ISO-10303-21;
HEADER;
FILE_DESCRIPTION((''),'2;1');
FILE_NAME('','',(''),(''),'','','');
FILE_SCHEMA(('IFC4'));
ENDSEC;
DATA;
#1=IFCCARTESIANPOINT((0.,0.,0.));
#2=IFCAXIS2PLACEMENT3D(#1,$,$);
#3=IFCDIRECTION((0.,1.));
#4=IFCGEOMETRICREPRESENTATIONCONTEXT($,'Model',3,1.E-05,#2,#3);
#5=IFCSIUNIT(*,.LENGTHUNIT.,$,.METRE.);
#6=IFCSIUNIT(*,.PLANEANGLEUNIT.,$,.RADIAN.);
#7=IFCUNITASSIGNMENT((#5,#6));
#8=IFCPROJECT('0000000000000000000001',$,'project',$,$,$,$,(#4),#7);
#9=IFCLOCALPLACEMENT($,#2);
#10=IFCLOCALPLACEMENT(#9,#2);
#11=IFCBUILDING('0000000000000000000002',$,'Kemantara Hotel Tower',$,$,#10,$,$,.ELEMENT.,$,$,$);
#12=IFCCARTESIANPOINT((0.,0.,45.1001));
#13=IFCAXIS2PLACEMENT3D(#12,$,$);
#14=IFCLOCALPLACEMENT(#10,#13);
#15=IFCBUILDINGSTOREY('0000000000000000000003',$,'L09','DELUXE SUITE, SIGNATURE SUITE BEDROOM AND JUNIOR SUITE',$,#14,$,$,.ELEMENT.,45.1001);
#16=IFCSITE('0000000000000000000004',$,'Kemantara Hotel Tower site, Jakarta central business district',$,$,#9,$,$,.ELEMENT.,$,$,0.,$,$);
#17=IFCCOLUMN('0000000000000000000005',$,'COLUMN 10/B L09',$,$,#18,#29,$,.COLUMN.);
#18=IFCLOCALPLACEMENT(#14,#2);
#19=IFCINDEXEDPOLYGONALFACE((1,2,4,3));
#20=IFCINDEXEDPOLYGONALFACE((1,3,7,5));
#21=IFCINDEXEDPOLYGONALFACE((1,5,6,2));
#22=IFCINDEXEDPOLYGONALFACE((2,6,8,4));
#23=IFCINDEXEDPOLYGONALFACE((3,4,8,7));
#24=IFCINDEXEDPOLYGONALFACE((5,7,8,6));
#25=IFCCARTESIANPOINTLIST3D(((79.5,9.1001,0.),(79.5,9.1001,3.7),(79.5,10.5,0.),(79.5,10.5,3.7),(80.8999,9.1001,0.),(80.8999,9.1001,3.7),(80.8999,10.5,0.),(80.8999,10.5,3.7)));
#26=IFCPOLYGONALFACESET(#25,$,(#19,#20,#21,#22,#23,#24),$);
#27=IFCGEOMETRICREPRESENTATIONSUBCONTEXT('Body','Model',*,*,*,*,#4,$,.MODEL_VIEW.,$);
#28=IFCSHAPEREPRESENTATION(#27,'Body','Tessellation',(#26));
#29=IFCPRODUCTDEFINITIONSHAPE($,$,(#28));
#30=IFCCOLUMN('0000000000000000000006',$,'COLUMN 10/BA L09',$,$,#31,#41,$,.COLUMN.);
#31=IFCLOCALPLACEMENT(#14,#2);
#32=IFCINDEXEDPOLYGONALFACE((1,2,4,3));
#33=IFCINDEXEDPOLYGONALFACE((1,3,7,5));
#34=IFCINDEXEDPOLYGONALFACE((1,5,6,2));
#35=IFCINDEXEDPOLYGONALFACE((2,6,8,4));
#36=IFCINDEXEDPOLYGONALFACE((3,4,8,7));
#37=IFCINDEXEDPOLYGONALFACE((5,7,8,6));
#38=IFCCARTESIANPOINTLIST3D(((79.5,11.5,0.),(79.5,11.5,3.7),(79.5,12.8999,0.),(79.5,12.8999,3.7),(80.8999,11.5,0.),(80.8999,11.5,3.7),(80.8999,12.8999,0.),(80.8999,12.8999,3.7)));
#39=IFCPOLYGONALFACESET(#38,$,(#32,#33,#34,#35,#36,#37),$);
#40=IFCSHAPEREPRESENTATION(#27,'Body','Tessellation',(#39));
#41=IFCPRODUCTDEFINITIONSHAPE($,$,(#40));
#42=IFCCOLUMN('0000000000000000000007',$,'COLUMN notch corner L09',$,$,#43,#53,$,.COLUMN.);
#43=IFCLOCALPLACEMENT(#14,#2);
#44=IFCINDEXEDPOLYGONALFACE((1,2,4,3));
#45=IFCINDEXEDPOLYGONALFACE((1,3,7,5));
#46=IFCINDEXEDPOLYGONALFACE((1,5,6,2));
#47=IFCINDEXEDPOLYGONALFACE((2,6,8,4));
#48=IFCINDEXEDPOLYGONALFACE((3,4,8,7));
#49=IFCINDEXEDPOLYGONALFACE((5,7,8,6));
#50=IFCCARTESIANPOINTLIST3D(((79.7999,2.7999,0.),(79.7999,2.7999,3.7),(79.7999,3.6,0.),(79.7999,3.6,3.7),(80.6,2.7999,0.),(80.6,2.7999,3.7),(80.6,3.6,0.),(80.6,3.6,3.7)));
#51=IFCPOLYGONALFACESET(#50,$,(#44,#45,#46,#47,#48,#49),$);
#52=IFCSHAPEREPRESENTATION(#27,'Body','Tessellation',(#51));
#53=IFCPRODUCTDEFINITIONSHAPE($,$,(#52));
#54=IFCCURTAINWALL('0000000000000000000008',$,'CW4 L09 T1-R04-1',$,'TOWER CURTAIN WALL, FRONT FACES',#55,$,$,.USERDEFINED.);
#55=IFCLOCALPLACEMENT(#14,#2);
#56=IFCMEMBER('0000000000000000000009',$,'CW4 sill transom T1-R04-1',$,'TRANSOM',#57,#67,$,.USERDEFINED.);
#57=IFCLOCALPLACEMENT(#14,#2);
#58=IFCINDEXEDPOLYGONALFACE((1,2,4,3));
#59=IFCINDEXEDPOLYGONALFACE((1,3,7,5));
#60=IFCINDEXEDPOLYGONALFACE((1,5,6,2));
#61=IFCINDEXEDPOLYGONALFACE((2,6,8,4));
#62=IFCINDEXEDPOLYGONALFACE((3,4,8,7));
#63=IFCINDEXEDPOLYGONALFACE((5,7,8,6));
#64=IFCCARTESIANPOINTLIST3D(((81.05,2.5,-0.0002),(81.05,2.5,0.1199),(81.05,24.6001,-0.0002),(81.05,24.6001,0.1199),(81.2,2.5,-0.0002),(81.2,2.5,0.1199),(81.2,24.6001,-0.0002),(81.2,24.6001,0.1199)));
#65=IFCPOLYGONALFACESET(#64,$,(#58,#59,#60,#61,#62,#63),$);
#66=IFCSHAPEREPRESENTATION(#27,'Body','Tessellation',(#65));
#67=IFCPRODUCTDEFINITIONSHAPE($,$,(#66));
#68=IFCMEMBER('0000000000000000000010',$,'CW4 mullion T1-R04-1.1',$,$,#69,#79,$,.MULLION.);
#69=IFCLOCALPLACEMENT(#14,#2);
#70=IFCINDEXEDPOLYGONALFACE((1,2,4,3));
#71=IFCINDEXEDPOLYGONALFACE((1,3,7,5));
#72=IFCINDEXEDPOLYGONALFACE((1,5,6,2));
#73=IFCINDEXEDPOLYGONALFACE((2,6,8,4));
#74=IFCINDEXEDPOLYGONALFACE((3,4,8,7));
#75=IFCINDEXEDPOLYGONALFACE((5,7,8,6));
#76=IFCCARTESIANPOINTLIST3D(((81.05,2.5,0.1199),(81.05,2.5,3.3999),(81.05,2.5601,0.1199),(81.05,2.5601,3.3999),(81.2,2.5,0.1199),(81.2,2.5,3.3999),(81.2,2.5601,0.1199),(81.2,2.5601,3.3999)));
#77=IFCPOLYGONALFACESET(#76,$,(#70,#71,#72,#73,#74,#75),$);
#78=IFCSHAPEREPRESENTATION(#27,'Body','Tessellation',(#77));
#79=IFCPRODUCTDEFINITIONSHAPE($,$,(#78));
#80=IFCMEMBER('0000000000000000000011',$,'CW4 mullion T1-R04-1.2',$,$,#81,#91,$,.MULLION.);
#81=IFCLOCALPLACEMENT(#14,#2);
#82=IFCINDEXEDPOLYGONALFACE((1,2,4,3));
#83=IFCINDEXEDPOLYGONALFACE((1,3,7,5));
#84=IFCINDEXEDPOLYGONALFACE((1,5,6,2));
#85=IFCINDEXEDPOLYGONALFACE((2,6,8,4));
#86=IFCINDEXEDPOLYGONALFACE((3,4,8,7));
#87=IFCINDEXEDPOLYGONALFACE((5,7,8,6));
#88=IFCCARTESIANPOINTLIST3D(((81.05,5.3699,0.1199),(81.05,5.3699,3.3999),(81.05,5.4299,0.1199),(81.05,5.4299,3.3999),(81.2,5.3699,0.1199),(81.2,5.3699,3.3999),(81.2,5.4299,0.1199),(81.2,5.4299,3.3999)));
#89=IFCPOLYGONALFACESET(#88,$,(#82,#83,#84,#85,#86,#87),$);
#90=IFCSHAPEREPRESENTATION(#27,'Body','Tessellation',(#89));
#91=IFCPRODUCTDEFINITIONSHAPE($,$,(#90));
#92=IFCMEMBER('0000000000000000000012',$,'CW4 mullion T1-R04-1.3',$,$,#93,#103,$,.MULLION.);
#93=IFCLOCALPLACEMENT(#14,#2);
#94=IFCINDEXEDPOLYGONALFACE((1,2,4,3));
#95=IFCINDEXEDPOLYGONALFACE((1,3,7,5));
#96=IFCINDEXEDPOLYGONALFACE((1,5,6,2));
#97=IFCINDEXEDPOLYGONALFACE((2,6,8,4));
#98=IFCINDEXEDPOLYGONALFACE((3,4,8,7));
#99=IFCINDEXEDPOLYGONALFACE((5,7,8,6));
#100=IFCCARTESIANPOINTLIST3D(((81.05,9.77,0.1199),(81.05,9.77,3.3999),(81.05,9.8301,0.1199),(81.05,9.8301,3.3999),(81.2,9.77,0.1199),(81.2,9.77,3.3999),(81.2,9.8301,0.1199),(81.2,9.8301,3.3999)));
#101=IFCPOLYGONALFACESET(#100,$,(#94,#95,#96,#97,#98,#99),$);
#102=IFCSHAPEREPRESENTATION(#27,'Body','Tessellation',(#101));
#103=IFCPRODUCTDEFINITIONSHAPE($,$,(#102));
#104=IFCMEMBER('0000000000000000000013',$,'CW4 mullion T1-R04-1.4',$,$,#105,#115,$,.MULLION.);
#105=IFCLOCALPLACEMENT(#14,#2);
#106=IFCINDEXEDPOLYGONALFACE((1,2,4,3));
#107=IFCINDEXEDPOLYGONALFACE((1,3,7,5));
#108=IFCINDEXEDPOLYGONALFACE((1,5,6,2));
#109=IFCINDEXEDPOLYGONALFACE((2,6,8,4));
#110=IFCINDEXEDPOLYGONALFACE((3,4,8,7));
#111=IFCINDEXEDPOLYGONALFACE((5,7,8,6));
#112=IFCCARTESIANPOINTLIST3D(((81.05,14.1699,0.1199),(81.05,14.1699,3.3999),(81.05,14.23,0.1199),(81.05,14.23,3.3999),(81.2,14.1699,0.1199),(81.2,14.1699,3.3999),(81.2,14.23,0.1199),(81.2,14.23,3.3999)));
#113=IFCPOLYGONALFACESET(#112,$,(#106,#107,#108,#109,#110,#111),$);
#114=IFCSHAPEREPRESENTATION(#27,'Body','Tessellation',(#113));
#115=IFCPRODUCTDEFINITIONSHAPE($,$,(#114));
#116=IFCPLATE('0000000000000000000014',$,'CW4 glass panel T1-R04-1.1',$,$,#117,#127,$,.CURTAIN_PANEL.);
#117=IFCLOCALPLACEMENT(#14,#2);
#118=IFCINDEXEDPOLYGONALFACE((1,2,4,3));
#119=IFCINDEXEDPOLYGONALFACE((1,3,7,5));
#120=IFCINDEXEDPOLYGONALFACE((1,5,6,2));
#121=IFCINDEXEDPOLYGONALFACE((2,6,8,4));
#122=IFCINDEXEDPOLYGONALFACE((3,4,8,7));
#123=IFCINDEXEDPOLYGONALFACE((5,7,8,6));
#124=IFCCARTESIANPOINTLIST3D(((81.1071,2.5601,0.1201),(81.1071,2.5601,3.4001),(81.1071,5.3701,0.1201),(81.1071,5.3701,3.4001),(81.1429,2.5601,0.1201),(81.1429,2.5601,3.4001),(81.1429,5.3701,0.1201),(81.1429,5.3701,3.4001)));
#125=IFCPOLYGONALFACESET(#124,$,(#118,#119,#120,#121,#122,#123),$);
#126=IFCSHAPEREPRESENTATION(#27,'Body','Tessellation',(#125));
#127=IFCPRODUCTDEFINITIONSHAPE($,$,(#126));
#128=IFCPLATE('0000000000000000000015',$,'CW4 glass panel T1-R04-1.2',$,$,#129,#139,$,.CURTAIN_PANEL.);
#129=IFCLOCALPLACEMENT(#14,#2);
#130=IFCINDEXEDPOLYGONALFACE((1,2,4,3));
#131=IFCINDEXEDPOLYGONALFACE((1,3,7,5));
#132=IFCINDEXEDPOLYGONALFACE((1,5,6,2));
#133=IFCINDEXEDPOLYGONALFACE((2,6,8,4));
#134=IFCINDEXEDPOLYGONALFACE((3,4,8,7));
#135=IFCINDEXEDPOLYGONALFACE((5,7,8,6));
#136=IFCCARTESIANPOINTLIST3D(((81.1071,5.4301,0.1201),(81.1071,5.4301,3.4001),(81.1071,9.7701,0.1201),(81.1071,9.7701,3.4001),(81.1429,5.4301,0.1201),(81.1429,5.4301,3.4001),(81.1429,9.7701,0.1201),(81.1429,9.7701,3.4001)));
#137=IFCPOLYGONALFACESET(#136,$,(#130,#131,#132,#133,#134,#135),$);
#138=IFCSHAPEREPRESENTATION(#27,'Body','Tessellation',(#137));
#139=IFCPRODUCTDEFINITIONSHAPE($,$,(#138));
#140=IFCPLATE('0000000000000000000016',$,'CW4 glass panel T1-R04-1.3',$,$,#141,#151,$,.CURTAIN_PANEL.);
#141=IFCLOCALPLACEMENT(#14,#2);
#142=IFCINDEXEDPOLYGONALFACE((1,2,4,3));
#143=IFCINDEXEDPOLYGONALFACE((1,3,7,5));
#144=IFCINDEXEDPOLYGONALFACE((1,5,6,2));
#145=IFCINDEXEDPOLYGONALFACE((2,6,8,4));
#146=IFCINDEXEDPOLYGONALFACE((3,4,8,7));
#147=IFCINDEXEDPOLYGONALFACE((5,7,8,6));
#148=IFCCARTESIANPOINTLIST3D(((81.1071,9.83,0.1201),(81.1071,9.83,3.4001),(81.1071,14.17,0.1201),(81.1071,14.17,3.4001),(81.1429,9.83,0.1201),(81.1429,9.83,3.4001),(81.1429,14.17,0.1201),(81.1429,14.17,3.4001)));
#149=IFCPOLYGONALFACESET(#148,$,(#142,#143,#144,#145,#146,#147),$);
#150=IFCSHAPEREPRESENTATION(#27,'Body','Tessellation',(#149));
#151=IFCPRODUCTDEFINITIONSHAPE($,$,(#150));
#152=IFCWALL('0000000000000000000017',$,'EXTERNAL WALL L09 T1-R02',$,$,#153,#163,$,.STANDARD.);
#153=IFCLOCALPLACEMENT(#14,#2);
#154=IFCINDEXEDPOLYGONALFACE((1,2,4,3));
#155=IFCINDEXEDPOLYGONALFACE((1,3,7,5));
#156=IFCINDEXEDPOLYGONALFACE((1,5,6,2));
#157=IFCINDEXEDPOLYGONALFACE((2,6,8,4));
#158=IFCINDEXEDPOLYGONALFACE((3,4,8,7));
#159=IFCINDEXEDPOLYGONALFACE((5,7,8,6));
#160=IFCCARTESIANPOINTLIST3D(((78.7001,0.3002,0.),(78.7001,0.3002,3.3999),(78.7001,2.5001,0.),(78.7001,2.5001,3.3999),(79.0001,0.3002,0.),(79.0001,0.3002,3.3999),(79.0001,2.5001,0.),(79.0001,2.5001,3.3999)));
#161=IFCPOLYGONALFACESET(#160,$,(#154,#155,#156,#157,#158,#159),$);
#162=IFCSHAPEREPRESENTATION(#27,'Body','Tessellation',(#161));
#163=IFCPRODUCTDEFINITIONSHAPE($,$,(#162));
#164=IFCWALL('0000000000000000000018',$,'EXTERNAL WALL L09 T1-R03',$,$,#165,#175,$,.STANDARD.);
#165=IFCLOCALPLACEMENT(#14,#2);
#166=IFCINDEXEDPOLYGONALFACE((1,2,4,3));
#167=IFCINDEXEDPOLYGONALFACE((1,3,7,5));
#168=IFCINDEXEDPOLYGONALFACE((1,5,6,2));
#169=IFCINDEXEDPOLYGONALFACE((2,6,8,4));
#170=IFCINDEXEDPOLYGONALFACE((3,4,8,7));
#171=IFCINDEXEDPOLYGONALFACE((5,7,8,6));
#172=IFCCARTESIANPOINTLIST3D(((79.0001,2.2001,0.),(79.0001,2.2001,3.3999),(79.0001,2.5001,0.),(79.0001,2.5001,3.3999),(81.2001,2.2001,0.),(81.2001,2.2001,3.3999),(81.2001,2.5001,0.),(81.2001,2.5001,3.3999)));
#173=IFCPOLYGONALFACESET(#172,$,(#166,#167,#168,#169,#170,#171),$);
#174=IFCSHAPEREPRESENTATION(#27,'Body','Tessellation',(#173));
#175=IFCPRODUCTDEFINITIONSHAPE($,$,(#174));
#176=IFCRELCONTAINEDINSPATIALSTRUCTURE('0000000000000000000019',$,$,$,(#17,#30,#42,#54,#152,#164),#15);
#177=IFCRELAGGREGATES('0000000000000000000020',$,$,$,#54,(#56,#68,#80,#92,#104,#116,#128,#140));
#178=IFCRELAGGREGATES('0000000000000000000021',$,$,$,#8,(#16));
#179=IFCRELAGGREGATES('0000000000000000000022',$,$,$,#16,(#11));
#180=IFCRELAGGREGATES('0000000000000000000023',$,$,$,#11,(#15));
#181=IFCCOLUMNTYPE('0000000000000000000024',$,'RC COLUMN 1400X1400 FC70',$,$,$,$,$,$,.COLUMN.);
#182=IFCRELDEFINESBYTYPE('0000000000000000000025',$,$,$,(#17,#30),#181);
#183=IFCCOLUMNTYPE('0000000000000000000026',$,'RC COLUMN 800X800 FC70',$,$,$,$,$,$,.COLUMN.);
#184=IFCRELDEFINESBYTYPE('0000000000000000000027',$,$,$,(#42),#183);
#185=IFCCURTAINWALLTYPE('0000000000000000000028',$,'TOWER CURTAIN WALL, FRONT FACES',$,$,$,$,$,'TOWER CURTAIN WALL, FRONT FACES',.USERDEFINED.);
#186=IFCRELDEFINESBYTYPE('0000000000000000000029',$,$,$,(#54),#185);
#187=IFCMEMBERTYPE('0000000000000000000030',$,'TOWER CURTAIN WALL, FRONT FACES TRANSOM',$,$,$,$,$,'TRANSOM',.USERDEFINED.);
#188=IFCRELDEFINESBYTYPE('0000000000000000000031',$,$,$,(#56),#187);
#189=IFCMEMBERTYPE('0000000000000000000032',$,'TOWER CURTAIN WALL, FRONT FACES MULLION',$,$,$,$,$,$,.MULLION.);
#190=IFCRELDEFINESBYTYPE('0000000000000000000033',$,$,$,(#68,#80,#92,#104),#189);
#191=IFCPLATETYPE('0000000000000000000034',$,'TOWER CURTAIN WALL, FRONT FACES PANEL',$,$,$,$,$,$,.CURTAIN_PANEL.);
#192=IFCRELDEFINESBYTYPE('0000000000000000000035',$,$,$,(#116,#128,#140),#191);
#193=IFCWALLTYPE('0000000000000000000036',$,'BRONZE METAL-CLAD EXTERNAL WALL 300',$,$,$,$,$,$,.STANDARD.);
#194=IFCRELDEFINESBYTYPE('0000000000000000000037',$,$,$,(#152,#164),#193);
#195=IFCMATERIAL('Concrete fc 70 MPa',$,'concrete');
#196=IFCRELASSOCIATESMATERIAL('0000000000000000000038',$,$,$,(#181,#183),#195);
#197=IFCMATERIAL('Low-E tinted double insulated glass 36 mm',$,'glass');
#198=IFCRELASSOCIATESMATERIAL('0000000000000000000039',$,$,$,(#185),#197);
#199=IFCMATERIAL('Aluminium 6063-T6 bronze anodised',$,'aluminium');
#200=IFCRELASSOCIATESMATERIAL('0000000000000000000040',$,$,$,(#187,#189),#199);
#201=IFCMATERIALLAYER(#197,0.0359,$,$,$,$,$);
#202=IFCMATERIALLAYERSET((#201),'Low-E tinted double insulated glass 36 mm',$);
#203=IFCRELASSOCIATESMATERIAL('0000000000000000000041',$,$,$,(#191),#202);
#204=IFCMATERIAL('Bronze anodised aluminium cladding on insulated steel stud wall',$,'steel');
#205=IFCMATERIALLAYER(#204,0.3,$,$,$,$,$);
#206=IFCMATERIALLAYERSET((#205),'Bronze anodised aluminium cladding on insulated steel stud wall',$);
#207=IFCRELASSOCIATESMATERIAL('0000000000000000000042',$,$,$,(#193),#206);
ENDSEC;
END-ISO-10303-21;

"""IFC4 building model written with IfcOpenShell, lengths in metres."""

from ifc_helpers import new_model, si_unit, direction, frame, frame_2d, origin, origin_2d, place, context, subcontext, project, spatial, rectangle, extrude, source, transform, mapped, material, layer, layer_set, material_profile, profile_set, type_object, element, aggregate, save


model = new_model("IFC4")

# Units and contexts
model_context = context("Model", 3, precision=1e-05, world=origin(), true_north=direction((0.0, 1.0)))
body_context = subcontext(model_context, "Body", "Model", "MODEL_VIEW")
ifc_project = project(units=[si_unit("LENGTHUNIT", "METRE"), si_unit("PLANEANGLEUNIT", "RADIAN")], contexts=[model_context])

# Site, building, storey
site_placement = place(None, origin())
site = spatial("IfcSite", under=ifc_project, at=site_placement, Name="Kemantara Hotel Tower site, Jakarta central business district", CompositionType="ELEMENT", RefElevation=0.0)
building_placement = place(site_placement, origin())
building = spatial("IfcBuilding", under=site, at=building_placement, Name="Kemantara Hotel Tower", CompositionType="ELEMENT")
storey_placement = place(building_placement, frame((0.0, 0.0, 45.1001)))
storey = spatial("IfcBuildingStorey", under=building, at=storey_placement, Name="L09", Description="DELUXE SUITE, SIGNATURE SUITE BEDROOM AND JUNIOR SUITE", CompositionType="ELEMENT", Elevation=45.1001)

# Columns
ifc_material_1 = material(Name="Concrete fc 70 MPa", Category="concrete")
ifc_material_profile_1 = material_profile(ifc_material_1, rectangle(XDim=1.3999, YDim=1.3999, at=origin_2d()), Name="RC 1400X1400")
ifc_profile_set_1 = profile_set([ifc_material_profile_1], Name="Concrete fc 70 MPa")
column_type_1 = type_object("IfcColumnType", Name="RC COLUMN 1400X1400 FC70", PredefinedType="COLUMN", material=ifc_profile_set_1)
for number, where, z_axis, x_axis, name in (
    (1, (80.2, 9.8, 0.0), (0.0, 0.0, 1.0), (1.0, 0.0, 0.0), "COLUMN 10/B L09"),
    (2, (80.2, 12.2, 0.0), (0.0, 0.0, 1.0), (1.0, 0.0, 0.0), "COLUMN 10/BA L09"),
):
    element("IfcColumn", number, at=place(storey_placement, frame(where, z_axis=z_axis, x_axis=x_axis)), inside=storey, type_object=column_type_1, Name=name, PredefinedType="COLUMN", context=body_context, shape_type="SweptSolid", body=[
        extrude(rectangle(XDim=1.3999, YDim=1.3999, at=origin_2d()), origin(), (0.0, 0.0, 1.0), 3.7),
    ])
ifc_material_profile_2 = material_profile(ifc_material_1, rectangle(XDim=0.8, YDim=0.8, at=origin_2d()), Name="RC 800X800")
ifc_profile_set_2 = profile_set([ifc_material_profile_2], Name="Concrete fc 70 MPa")
column_type_2 = type_object("IfcColumnType", Name="RC COLUMN 800X800 FC70", PredefinedType="COLUMN", material=ifc_profile_set_2)
column_placement = place(storey_placement, frame((80.2, 3.2, 0.0), z_axis=(0.0, 0.0, 1.0), x_axis=(1.0, 0.0, 0.0)))
element("IfcColumn", 3, at=column_placement, inside=storey, type_object=column_type_2, Name="COLUMN notch corner L09", PredefinedType="COLUMN", context=body_context, shape_type="SweptSolid", body=[
    extrude(rectangle(XDim=0.8, YDim=0.8, at=origin_2d()), origin(), (0.0, 0.0, 1.0), 3.7),
])

# Curtain wall, members, plates
ifc_material_2 = material(Name="Low-E tinted double insulated glass 36 mm", Category="glass")
curtain_wall_type = type_object("IfcCurtainWallType", Name="TOWER CURTAIN WALL, FRONT FACES", ElementType="TOWER CURTAIN WALL, FRONT FACES", PredefinedType="USERDEFINED", material=ifc_material_2)
curtain_wall_placement = place(storey_placement, origin())
curtain_wall = element("IfcCurtainWall", 4, at=curtain_wall_placement, inside=storey, type_object=curtain_wall_type, Name="CW4 L09 T1-R04-1", ObjectType="TOWER CURTAIN WALL, FRONT FACES", PredefinedType="USERDEFINED")
ifc_material_3 = material(Name="Aluminium 6063-T6 bronze anodised", Category="aluminium")
ifc_material_profile_3 = material_profile(ifc_material_3, rectangle(XDim=0.1499, YDim=0.1201, at=origin_2d()), Name="TOWER CURTAIN WALL, FRONT FACES TRANSOM")
ifc_profile_set_3 = profile_set([ifc_material_profile_3], Name="Aluminium 6063-T6 bronze anodised")
member_type_1 = type_object("IfcMemberType", Name="TOWER CURTAIN WALL, FRONT FACES TRANSOM", ElementType="TRANSOM", PredefinedType="USERDEFINED", material=ifc_profile_set_3)
member_1_placement = place(storey_placement, frame((81.125, 2.5, 0.0598), z_axis=(0.0, 1.0, 0.0), x_axis=(-1.0, 0.0, 0.0)))
member_1 = element("IfcMember", 5, at=member_1_placement, type_object=member_type_1, Name="CW4 sill transom T1-R04-1", ObjectType="TRANSOM", PredefinedType="USERDEFINED", context=body_context, shape_type="SweptSolid", body=[
    extrude(rectangle(XDim=0.1499, YDim=0.1201, at=origin_2d()), origin(), (0.0, 0.0, 1.0), 22.1001),
])
ifc_material_profile_4 = material_profile(ifc_material_3, rectangle(XDim=0.1499, YDim=0.0601, at=origin_2d()), Name="TOWER CURTAIN WALL, FRONT FACES MULLION")
ifc_profile_set_4 = profile_set([ifc_material_profile_4], Name="Aluminium 6063-T6 bronze anodised")
member_type_2 = type_object("IfcMemberType", Name="TOWER CURTAIN WALL, FRONT FACES MULLION", PredefinedType="MULLION", material=ifc_profile_set_4)
shared_shape_1 = source(origin(), body_context, "Body", "SweptSolid", [
    extrude(rectangle(XDim=0.1499, YDim=0.0601, at=origin_2d()), origin(), (0.0, 0.0, 1.0), 3.28),
])
member_2_placement = place(storey_placement, frame((81.125, 2.53, 0.1199), z_axis=(0.0, 0.0, 1.0), x_axis=(-1.0, 0.0, 0.0)))
member_2 = element("IfcMember", 6, at=member_2_placement, type_object=member_type_2, Name="CW4 mullion T1-R04-1.1", PredefinedType="MULLION", context=body_context, shape_type="MappedRepresentation", body=[
    mapped(shared_shape_1, transform((0.0, 0.0, 0.0))),
])
member_3_placement = place(storey_placement, frame((81.125, 5.3999, 0.1199), z_axis=(0.0, 0.0, 1.0), x_axis=(-1.0, 0.0, 0.0)))
member_3 = element("IfcMember", 7, at=member_3_placement, type_object=member_type_2, Name="CW4 mullion T1-R04-1.2", PredefinedType="MULLION", context=body_context, shape_type="MappedRepresentation", body=[
    mapped(shared_shape_1, transform((0.0, 0.0, 0.0))),
])
member_4_placement = place(storey_placement, frame((81.125, 9.8, 0.1199), z_axis=(0.0, 0.0, 1.0), x_axis=(-1.0, 0.0, 0.0)))
member_4 = element("IfcMember", 8, at=member_4_placement, type_object=member_type_2, Name="CW4 mullion T1-R04-1.3", PredefinedType="MULLION", context=body_context, shape_type="MappedRepresentation", body=[
    mapped(shared_shape_1, transform((0.0, 0.0, 0.0))),
])
member_5_placement = place(storey_placement, frame((81.125, 14.2, 0.1199), z_axis=(0.0, 0.0, 1.0), x_axis=(-1.0, 0.0, 0.0)))
member_5 = element("IfcMember", 9, at=member_5_placement, type_object=member_type_2, Name="CW4 mullion T1-R04-1.4", PredefinedType="MULLION", context=body_context, shape_type="MappedRepresentation", body=[
    mapped(shared_shape_1, transform((0.0, 0.0, 0.0))),
])
ifc_layer_1 = layer(ifc_material_2, 0.0359)
ifc_layer_set_1 = layer_set([ifc_layer_1], Name="Low-E tinted double insulated glass 36 mm")
plate_type = type_object("IfcPlateType", Name="TOWER CURTAIN WALL, FRONT FACES PANEL", PredefinedType="CURTAIN_PANEL", material=ifc_layer_set_1)
shared_shape_2 = source(origin(), body_context, "Body", "SweptSolid", [
    extrude(rectangle(XDim=2.8101, YDim=0.0359, at=origin_2d()), origin(), (0.0, 0.0, 1.0), 3.28),
])
plate_1_placement = place(storey_placement, frame((81.125, 3.9651, 0.1201), z_axis=(0.0, 0.0, 1.0), x_axis=(0.0, 1.0, 0.0)))
plate_1 = element("IfcPlate", 10, at=plate_1_placement, type_object=plate_type, Name="CW4 glass panel T1-R04-1.1", PredefinedType="CURTAIN_PANEL", context=body_context, shape_type="MappedRepresentation", body=[
    mapped(shared_shape_2, transform((0.0, 0.0, 0.0))),
])
shared_shape_3 = source(origin(), body_context, "Body", "SweptSolid", [
    extrude(rectangle(XDim=4.3401, YDim=0.0359, at=origin_2d()), origin(), (0.0, 0.0, 1.0), 3.28),
])
plate_2_placement = place(storey_placement, frame((81.125, 7.6001, 0.1201), z_axis=(0.0, 0.0, 1.0), x_axis=(0.0, 1.0, 0.0)))
plate_2 = element("IfcPlate", 11, at=plate_2_placement, type_object=plate_type, Name="CW4 glass panel T1-R04-1.2", PredefinedType="CURTAIN_PANEL", context=body_context, shape_type="MappedRepresentation", body=[
    mapped(shared_shape_3, transform((0.0, 0.0, 0.0))),
])
plate_3_placement = place(storey_placement, frame((81.125, 12.0, 0.1201), z_axis=(0.0, 0.0, 1.0), x_axis=(0.0, 1.0, 0.0)))
plate_3 = element("IfcPlate", 12, at=plate_3_placement, type_object=plate_type, Name="CW4 glass panel T1-R04-1.3", PredefinedType="CURTAIN_PANEL", context=body_context, shape_type="MappedRepresentation", body=[
    mapped(shared_shape_3, transform((0.0, 0.0, 0.0))),
])
aggregate(curtain_wall, [member_1, member_2, member_3, member_4, member_5, plate_1, plate_2, plate_3])

# Walls
ifc_material_4 = material(Name="Bronze anodised aluminium cladding on insulated steel stud wall", Category="steel")
ifc_layer_2 = layer(ifc_material_4, 0.3)
ifc_layer_set_2 = layer_set([ifc_layer_2], Name="Bronze anodised aluminium cladding on insulated steel stud wall")
wall_type_1 = type_object("IfcWallType", Name="BRONZE METAL-CLAD EXTERNAL WALL 300", PredefinedType="STANDARD", material=ifc_layer_set_2)
for number, where, z_axis, x_axis, name in (
    (13, (78.8501, 0.3, 0.0), (0.0, 0.0, 1.0), (0.0, 1.0, 0.0), "EXTERNAL WALL L09 T1-R02"),
    (14, (79.0, 2.3501, 0.0), (0.0, 0.0, 1.0), (1.0, 0.0, 0.0), "EXTERNAL WALL L09 T1-R03"),
):
    element("IfcWall", number, at=place(storey_placement, frame(where, z_axis=z_axis, x_axis=x_axis)), inside=storey, type_object=wall_type_1, Name=name, PredefinedType="STANDARD", context=body_context, shape_type="SweptSolid", body=[
        extrude(rectangle(XDim=2.2, YDim=0.3, at=frame_2d((1.1001, 0.0))), origin(), (0.0, 0.0, 1.0), 3.3999),
    ])

save(model, "model.ifc")
